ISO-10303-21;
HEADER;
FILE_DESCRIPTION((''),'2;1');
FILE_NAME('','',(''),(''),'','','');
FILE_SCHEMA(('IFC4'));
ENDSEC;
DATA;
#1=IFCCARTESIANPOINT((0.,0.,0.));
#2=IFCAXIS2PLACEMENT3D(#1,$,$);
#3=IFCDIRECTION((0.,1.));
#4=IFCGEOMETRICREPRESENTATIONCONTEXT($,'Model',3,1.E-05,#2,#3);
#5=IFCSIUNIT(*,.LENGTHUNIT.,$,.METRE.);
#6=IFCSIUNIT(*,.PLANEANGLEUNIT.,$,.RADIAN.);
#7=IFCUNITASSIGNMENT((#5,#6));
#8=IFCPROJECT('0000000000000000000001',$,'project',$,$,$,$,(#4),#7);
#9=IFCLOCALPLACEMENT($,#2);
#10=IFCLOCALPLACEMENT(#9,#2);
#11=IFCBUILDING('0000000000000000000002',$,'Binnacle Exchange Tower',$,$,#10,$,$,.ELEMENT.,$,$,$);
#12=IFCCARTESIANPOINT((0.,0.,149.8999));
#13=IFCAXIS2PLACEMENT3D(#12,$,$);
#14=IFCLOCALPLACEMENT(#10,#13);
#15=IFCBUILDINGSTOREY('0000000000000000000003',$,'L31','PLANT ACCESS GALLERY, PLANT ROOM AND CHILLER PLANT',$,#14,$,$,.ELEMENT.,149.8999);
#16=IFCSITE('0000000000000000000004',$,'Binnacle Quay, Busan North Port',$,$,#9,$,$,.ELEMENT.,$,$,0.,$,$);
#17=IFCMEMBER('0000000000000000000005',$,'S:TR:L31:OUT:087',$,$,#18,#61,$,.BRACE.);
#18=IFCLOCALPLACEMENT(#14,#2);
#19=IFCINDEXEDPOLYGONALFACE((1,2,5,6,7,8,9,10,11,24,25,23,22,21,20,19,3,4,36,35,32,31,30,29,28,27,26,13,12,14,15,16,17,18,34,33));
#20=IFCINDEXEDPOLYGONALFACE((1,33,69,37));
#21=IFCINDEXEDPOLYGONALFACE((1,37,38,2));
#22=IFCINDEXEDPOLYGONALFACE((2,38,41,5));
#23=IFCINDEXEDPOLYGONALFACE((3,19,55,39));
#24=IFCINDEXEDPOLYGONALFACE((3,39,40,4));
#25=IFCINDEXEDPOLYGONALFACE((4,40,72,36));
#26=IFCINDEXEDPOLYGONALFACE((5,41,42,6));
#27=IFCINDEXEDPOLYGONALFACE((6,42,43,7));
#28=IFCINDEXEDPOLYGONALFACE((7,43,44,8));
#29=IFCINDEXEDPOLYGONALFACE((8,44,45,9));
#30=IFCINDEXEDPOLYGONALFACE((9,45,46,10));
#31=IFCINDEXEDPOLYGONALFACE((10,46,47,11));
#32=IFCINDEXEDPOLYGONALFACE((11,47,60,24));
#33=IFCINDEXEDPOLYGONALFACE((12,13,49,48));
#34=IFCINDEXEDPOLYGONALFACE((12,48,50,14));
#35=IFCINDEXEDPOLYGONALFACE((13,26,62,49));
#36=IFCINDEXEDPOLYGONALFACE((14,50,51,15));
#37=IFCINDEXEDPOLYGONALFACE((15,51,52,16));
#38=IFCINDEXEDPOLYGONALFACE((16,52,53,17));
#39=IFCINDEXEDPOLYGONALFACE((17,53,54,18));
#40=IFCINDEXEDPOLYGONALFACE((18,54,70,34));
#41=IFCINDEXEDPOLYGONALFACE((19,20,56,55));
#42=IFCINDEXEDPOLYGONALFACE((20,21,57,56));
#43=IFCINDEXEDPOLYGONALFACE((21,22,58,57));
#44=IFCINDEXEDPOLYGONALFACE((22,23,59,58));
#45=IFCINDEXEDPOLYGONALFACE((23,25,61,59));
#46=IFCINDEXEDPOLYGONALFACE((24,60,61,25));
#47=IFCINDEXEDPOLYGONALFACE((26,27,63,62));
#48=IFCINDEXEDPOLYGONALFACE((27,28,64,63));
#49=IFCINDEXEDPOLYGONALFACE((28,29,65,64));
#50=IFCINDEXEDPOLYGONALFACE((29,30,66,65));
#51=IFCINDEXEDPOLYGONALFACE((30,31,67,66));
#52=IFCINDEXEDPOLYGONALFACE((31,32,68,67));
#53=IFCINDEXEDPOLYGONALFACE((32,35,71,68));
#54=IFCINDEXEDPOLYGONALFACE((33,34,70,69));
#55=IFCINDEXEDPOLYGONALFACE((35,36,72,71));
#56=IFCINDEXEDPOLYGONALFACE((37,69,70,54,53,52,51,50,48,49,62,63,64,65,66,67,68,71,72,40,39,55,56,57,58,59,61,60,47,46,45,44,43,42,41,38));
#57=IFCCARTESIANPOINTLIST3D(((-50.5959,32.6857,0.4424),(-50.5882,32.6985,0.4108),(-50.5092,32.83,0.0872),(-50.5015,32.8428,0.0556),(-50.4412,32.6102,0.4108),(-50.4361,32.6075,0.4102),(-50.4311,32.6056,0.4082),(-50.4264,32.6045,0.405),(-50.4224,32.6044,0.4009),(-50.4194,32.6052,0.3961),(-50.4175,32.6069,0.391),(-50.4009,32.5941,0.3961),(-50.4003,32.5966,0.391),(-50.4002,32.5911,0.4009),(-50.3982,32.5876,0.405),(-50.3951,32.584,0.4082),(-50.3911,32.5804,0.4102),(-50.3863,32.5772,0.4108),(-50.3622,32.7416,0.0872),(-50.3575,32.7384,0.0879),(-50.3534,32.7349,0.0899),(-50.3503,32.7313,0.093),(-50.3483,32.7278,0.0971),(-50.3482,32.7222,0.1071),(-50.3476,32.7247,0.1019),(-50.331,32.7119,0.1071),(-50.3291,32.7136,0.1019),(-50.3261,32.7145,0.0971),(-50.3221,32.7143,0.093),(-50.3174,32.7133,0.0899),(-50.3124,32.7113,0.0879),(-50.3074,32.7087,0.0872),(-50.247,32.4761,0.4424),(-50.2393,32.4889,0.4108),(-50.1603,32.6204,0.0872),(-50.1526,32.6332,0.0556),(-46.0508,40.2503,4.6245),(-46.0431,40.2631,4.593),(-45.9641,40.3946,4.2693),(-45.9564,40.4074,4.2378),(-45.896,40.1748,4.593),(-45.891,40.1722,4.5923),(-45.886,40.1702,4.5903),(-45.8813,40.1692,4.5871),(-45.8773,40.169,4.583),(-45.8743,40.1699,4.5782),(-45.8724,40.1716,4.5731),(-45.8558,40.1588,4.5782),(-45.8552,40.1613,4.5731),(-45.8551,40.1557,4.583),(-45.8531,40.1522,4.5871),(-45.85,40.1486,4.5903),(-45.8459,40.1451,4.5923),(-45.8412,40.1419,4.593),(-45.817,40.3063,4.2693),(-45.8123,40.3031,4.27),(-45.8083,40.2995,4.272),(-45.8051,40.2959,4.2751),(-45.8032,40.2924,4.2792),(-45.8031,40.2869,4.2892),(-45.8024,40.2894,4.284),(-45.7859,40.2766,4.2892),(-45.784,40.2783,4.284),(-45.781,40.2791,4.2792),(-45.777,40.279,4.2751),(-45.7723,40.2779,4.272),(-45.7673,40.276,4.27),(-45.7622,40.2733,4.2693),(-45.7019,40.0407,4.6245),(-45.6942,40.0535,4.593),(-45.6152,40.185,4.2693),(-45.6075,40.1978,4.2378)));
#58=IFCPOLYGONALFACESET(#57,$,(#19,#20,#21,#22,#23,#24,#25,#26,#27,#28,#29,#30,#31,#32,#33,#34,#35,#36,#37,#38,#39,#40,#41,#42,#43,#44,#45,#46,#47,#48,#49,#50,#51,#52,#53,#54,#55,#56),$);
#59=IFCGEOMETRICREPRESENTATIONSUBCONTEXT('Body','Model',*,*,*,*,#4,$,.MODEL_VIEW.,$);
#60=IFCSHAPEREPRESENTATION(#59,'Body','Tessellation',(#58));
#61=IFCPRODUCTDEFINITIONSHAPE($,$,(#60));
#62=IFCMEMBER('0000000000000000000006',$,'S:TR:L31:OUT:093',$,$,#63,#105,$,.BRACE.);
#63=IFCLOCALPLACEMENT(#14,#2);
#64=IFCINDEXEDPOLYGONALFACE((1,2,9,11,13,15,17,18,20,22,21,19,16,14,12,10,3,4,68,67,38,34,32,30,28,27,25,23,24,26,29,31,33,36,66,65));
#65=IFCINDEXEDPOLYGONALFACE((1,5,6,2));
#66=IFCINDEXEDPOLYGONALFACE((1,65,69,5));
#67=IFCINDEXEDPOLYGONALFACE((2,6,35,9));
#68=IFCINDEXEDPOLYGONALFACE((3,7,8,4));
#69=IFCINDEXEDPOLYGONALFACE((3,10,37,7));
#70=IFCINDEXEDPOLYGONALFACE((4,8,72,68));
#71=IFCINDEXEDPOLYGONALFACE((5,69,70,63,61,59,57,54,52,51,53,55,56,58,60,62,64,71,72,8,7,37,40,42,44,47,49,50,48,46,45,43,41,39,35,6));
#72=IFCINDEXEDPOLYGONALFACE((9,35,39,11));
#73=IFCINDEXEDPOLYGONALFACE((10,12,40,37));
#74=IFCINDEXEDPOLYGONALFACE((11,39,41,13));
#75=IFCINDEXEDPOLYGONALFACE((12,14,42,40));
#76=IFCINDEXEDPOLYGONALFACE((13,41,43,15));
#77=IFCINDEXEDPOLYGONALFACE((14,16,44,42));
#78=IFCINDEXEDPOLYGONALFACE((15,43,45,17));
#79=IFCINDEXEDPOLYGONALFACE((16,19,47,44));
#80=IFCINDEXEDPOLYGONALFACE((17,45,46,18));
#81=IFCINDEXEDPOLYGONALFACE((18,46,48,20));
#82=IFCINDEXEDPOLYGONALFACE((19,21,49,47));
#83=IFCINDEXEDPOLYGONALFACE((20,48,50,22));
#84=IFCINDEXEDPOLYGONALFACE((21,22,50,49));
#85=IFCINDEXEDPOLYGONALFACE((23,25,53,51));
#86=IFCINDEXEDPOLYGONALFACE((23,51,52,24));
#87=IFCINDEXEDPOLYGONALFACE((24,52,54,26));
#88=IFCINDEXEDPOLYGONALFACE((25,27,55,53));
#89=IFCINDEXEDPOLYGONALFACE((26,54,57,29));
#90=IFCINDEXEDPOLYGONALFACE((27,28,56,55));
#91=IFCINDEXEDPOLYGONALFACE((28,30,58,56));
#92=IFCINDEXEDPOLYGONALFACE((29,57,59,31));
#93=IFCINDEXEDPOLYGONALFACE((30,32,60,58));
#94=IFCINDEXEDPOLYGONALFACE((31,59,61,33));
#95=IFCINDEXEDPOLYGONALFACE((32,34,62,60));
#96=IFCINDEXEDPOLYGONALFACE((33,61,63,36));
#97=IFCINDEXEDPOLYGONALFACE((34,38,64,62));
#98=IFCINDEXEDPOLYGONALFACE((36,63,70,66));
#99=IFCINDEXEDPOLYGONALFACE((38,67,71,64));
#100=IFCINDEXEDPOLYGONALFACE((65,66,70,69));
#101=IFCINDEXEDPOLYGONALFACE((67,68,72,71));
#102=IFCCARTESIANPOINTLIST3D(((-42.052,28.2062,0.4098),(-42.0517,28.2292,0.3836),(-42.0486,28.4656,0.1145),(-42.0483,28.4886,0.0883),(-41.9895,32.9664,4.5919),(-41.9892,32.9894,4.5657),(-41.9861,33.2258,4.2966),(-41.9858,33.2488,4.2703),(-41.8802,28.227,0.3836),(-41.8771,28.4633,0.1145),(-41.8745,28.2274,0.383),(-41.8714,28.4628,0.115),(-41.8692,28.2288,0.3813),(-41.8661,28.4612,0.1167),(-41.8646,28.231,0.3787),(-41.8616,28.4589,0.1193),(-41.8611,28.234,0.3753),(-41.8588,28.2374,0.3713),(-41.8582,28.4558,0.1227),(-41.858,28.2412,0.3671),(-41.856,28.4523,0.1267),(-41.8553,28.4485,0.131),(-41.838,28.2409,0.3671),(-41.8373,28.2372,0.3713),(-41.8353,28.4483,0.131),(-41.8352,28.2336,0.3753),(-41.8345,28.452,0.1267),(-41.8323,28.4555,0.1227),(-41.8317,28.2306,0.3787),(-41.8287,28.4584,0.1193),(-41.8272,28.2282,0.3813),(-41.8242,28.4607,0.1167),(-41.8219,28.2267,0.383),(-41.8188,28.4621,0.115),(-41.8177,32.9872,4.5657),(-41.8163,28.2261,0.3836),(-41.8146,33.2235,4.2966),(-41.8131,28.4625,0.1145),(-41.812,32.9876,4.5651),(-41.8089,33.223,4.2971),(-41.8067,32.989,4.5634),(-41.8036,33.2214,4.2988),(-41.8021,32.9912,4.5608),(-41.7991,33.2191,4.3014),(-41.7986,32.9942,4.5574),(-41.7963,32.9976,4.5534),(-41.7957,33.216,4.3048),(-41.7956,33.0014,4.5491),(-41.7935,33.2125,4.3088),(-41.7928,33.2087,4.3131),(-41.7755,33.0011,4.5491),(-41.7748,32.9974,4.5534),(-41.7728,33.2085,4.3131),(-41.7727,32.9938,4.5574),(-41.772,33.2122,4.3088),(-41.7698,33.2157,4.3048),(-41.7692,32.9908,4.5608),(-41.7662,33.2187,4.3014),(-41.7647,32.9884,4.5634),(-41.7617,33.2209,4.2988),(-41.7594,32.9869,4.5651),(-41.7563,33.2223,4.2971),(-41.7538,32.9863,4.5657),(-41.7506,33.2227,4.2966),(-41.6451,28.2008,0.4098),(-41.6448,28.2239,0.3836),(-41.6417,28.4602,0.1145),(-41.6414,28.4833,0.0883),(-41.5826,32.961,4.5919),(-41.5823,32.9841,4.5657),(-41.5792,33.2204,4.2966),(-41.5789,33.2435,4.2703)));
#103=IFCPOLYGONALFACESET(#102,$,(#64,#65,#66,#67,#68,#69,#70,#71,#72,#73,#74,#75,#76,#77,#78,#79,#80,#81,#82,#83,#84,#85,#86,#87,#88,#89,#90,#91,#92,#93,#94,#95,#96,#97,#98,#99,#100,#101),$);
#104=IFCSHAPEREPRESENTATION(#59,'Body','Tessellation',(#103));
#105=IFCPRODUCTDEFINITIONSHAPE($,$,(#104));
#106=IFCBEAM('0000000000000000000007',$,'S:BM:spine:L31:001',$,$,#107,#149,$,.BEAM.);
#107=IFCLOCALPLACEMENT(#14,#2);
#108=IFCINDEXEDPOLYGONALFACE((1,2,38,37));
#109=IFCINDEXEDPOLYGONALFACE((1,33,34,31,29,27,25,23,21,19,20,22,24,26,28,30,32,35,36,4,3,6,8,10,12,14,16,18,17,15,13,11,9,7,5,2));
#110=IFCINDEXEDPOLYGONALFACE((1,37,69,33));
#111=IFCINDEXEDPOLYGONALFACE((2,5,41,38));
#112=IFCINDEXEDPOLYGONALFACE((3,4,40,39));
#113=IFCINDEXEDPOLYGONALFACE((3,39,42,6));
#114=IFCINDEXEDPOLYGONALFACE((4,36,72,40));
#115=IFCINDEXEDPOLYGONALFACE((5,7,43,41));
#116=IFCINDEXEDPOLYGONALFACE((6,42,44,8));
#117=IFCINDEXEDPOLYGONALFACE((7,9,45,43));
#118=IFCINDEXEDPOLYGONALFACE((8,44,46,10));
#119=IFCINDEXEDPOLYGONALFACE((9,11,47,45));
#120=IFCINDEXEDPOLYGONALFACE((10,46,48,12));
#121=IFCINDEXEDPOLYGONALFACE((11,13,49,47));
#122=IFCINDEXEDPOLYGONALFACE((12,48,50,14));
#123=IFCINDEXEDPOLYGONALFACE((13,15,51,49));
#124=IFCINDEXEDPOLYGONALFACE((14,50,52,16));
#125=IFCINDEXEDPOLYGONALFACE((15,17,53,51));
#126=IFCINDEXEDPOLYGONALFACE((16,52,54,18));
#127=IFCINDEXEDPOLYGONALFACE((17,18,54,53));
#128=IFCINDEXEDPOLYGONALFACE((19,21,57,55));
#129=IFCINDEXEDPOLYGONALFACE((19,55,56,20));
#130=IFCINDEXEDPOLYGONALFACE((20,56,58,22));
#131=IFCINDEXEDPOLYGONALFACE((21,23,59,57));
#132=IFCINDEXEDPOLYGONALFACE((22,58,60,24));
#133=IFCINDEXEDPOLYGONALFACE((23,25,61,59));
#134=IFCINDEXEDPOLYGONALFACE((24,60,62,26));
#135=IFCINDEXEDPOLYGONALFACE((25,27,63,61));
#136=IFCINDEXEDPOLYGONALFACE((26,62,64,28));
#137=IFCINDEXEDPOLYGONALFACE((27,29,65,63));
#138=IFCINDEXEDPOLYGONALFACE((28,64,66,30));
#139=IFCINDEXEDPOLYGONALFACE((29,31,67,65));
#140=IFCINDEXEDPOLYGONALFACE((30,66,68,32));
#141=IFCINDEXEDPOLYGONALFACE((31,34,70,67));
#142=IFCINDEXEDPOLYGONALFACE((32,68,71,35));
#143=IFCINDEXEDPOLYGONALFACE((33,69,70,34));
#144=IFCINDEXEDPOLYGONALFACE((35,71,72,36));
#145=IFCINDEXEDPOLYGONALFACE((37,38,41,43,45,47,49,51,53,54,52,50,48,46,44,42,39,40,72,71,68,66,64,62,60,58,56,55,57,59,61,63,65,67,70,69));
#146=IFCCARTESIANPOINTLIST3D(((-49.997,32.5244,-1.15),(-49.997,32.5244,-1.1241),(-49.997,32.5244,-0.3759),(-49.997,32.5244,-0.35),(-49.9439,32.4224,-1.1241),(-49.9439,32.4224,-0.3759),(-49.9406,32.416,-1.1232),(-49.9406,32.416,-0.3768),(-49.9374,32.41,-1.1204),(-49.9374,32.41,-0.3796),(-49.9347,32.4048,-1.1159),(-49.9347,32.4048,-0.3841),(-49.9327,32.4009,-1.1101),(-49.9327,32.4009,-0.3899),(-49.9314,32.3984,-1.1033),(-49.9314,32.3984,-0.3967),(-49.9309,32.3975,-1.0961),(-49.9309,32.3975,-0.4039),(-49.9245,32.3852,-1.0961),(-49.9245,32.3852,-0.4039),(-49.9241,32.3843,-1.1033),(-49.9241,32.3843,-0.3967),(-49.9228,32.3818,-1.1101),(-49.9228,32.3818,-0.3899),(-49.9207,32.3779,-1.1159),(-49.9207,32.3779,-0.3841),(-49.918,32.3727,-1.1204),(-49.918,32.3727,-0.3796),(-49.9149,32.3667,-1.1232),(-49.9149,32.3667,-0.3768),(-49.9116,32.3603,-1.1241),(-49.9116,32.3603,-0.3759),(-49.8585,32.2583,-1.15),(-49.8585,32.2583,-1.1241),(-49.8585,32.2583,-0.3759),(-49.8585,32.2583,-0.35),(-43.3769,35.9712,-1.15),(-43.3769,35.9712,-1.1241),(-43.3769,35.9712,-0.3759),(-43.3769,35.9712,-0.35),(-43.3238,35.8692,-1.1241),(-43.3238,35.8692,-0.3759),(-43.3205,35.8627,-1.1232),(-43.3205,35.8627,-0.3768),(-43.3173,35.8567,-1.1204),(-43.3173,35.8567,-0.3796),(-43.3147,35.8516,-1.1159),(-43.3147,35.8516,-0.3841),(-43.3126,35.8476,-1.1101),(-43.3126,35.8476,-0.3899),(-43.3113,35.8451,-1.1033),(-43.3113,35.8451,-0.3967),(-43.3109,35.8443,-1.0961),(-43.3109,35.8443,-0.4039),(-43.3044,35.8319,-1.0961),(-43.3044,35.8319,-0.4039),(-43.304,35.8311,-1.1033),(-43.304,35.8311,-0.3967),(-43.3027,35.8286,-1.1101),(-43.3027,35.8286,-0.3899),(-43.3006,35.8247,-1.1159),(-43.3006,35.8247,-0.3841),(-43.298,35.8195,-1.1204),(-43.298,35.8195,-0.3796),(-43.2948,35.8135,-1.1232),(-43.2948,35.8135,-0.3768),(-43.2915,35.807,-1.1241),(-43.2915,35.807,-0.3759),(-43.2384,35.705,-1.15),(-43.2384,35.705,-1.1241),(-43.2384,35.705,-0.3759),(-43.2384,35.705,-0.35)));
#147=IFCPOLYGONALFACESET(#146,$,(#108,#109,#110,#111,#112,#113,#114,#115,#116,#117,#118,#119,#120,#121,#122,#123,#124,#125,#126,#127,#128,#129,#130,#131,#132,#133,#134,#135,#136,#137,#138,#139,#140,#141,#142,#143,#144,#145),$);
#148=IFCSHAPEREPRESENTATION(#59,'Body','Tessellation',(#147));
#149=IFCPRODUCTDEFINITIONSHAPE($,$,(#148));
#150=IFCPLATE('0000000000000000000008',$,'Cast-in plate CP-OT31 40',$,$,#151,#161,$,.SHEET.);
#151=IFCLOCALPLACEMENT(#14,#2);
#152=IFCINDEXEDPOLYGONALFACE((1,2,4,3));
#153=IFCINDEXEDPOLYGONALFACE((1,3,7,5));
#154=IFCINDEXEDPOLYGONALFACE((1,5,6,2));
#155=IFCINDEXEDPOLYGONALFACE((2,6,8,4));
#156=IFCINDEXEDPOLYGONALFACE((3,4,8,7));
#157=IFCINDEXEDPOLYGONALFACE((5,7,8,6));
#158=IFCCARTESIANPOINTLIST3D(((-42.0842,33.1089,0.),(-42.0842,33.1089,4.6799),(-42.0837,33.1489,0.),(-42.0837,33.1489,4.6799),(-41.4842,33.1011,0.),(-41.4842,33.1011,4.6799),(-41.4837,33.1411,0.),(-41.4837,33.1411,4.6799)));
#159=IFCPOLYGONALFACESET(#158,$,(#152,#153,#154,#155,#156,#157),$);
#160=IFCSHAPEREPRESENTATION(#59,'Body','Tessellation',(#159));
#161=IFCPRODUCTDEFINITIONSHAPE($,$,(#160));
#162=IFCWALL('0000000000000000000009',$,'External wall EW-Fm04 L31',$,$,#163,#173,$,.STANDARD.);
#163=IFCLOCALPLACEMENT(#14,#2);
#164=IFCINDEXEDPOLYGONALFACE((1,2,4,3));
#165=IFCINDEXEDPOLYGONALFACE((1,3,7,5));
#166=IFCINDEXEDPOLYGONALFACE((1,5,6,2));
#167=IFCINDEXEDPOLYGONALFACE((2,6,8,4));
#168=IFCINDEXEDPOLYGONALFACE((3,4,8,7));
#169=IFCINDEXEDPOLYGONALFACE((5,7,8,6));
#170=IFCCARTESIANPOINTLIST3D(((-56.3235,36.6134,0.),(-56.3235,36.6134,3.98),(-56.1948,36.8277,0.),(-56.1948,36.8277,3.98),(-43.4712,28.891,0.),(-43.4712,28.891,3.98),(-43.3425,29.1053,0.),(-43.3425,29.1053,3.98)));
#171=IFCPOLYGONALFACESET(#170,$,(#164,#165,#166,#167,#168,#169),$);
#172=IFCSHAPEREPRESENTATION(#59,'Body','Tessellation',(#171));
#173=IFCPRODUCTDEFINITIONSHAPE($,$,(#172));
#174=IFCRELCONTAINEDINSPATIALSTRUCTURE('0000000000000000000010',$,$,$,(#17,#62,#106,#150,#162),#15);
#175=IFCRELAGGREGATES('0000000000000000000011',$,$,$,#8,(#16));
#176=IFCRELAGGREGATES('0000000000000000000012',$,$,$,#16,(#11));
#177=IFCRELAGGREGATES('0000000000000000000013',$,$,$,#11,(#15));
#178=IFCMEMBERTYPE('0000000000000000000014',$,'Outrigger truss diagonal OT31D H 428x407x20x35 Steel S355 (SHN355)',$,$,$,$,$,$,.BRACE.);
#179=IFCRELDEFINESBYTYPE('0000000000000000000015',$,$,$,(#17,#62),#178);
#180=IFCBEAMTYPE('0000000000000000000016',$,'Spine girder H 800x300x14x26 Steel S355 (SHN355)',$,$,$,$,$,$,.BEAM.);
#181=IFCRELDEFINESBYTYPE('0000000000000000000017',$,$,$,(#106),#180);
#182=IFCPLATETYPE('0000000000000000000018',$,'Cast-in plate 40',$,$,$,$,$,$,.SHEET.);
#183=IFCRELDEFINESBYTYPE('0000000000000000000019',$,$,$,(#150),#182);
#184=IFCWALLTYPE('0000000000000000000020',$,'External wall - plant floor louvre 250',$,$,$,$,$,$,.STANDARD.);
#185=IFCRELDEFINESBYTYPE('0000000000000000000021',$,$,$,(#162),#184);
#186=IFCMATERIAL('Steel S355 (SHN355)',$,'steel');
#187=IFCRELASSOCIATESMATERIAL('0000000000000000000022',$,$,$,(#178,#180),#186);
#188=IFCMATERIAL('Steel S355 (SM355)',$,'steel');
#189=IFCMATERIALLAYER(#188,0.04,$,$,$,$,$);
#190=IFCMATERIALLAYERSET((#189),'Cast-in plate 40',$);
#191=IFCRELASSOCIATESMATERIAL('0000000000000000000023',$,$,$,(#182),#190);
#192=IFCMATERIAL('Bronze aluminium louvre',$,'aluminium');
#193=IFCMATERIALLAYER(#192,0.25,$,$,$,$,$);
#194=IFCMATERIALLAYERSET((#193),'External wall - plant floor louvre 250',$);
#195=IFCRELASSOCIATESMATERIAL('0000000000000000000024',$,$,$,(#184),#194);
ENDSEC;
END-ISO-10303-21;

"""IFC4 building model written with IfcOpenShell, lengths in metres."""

from ifc_helpers import new_model, si_unit, direction, frame, frame_2d, origin, origin_2d, place, context, subcontext, project, spatial, rectangle, i_section, extrude, material, layer, layer_set, material_profile, profile_set, type_object, element, save


model = new_model("IFC4")

# Units and contexts
model_context = context("Model", 3, precision=1e-05, world=origin(), true_north=direction((0.0, 1.0)))
body_context = subcontext(model_context, "Body", "Model", "MODEL_VIEW")
ifc_project = project(units=[si_unit("LENGTHUNIT", "METRE"), si_unit("PLANEANGLEUNIT", "RADIAN")], contexts=[model_context])

# Site, building, storey
site_placement = place(None, origin())
site = spatial("IfcSite", under=ifc_project, at=site_placement, Name="Binnacle Quay, Busan North Port", CompositionType="ELEMENT", RefElevation=0.0)
building_placement = place(site_placement, origin())
building = spatial("IfcBuilding", under=site, at=building_placement, Name="Binnacle Exchange Tower", CompositionType="ELEMENT")
storey_placement = place(building_placement, frame((0.0, 0.0, 149.8999)))
storey = spatial("IfcBuildingStorey", under=building, at=storey_placement, Name="L31", Description="PLANT ACCESS GALLERY, PLANT ROOM AND CHILLER PLANT", CompositionType="ELEMENT", Elevation=149.8999)

# Shared definitions
ifc_material_1 = material(Name="Steel S355 (SHN355)", Category="steel")

# Members
ifc_material_profile_1 = material_profile(ifc_material_1, i_section(OverallWidth=0.407, OverallDepth=0.428, WebThickness=0.02, FlangeThickness=0.0349, FilletRadius=0.022, at=origin_2d()), Name="H 428x407x20x35")
ifc_profile_set_1 = profile_set([ifc_material_profile_1], Name="Steel S355 (SHN355)")
member_type_1 = type_object("IfcMemberType", Name="Outrigger truss diagonal OT31D H 428x407x20x35 Steel S355 (SHN355)", PredefinedType="BRACE", material=ifc_profile_set_1)
member_1_placement = place(storey_placement, frame((-50.3743, 32.6594, 0.249), z_axis=(0.46541, 0.774601, 0.428237), x_axis=(-0.857175, 0.515025, 0.0)))
element("IfcMember", 1, at=member_1_placement, inside=storey, type_object=member_type_1, Name="S:TR:L31:OUT:087", PredefinedType="BRACE", context=body_context, shape_type="SweptSolid", body=[
    extrude(i_section(OverallWidth=0.407, OverallDepth=0.428, WebThickness=0.02, FlangeThickness=0.0349, FilletRadius=0.022, at=origin_2d()), origin(), (0.0, 0.0, 1.0), 9.7659),
])
member_2_placement = place(storey_placement, frame((-41.8467, 28.3447, 0.249), z_axis=(0.009863, 0.751216, 0.659982), x_axis=(-0.999914, 0.013128, 0.0)))
element("IfcMember", 2, at=member_2_placement, inside=storey, type_object=member_type_1, Name="S:TR:L31:OUT:093", PredefinedType="BRACE", context=body_context, shape_type="SweptSolid", body=[
    extrude(i_section(OverallWidth=0.407, OverallDepth=0.428, WebThickness=0.02, FlangeThickness=0.0349, FilletRadius=0.022, at=origin_2d()), origin(), (0.0, 0.0, 1.0), 6.3367),
])

# Beam
ifc_material_profile_2 = material_profile(ifc_material_1, i_section(OverallWidth=0.3, OverallDepth=0.8, WebThickness=0.0139, FlangeThickness=0.0259, FilletRadius=0.0281, at=origin_2d()), Name="H 800x300x14x26")
ifc_profile_set_2 = profile_set([ifc_material_profile_2], Name="Steel S355 (SHN355)")
beam_type_1 = type_object("IfcBeamType", Name="Spine girder H 800x300x14x26 Steel S355 (SHN355)", PredefinedType="BEAM", material=ifc_profile_set_2)
beam_1_placement = place(storey_placement, frame((-49.9277, 32.3914, -0.75), z_axis=(0.88698, 0.461808, 0.0), x_axis=(-0.461808, 0.88698, 0.0)))
element("IfcBeam", 3, at=beam_1_placement, inside=storey, type_object=beam_type_1, Name="S:BM:spine:L31:001", PredefinedType="BEAM", context=body_context, shape_type="SweptSolid", body=[
    extrude(i_section(OverallWidth=0.3, OverallDepth=0.8, WebThickness=0.0139, FlangeThickness=0.0259, FilletRadius=0.0281, at=origin_2d()), origin(), (0.0, 0.0, 1.0), 7.4636),
])

# Plate
ifc_material_2 = material(Name="Steel S355 (SM355)", Category="steel")
ifc_layer_1 = layer(ifc_material_2, 0.04)
ifc_layer_set_1 = layer_set([ifc_layer_1], Name="Cast-in plate 40")
plate_type = type_object("IfcPlateType", Name="Cast-in plate 40", PredefinedType="SHEET", material=ifc_layer_set_1)
plate_placement = place(storey_placement, frame((-41.7839, 33.125, 0.0), z_axis=(0.0, 0.0, 1.0), x_axis=(0.01309, 0.999914, 0.0)))
element("IfcPlate", 4, at=plate_placement, inside=storey, type_object=plate_type, Name="Cast-in plate CP-OT31 40", PredefinedType="SHEET", context=body_context, shape_type="SweptSolid", body=[
    extrude(rectangle(XDim=0.04, YDim=0.6001, at=origin_2d()), origin(), (0.0, 0.0, 1.0), 4.6799),
])

# Wall
ifc_material_3 = material(Name="Bronze aluminium louvre", Category="aluminium")
ifc_layer_2 = layer(ifc_material_3, 0.25)
ifc_layer_set_2 = layer_set([ifc_layer_2], Name="External wall - plant floor louvre 250")
wall_type_1 = type_object("IfcWallType", Name="External wall - plant floor louvre 250", PredefinedType="STANDARD", material=ifc_layer_set_2)
wall_1_placement = place(storey_placement, frame((-43.4067, 28.998, 0.0), z_axis=(0.0, 0.0, 1.0), x_axis=(-0.857168, 0.515037, 0.0)))
element("IfcWall", 5, at=wall_1_placement, inside=storey, type_object=wall_type_1, Name="External wall EW-Fm04 L31", PredefinedType="STANDARD", context=body_context, shape_type="SweptSolid", body=[
    extrude(rectangle(XDim=14.9939, YDim=0.25, at=frame_2d((7.4971, 0.0))), origin(), (0.0, 0.0, 1.0), 3.98),
])

save(model, "model.ifc")
